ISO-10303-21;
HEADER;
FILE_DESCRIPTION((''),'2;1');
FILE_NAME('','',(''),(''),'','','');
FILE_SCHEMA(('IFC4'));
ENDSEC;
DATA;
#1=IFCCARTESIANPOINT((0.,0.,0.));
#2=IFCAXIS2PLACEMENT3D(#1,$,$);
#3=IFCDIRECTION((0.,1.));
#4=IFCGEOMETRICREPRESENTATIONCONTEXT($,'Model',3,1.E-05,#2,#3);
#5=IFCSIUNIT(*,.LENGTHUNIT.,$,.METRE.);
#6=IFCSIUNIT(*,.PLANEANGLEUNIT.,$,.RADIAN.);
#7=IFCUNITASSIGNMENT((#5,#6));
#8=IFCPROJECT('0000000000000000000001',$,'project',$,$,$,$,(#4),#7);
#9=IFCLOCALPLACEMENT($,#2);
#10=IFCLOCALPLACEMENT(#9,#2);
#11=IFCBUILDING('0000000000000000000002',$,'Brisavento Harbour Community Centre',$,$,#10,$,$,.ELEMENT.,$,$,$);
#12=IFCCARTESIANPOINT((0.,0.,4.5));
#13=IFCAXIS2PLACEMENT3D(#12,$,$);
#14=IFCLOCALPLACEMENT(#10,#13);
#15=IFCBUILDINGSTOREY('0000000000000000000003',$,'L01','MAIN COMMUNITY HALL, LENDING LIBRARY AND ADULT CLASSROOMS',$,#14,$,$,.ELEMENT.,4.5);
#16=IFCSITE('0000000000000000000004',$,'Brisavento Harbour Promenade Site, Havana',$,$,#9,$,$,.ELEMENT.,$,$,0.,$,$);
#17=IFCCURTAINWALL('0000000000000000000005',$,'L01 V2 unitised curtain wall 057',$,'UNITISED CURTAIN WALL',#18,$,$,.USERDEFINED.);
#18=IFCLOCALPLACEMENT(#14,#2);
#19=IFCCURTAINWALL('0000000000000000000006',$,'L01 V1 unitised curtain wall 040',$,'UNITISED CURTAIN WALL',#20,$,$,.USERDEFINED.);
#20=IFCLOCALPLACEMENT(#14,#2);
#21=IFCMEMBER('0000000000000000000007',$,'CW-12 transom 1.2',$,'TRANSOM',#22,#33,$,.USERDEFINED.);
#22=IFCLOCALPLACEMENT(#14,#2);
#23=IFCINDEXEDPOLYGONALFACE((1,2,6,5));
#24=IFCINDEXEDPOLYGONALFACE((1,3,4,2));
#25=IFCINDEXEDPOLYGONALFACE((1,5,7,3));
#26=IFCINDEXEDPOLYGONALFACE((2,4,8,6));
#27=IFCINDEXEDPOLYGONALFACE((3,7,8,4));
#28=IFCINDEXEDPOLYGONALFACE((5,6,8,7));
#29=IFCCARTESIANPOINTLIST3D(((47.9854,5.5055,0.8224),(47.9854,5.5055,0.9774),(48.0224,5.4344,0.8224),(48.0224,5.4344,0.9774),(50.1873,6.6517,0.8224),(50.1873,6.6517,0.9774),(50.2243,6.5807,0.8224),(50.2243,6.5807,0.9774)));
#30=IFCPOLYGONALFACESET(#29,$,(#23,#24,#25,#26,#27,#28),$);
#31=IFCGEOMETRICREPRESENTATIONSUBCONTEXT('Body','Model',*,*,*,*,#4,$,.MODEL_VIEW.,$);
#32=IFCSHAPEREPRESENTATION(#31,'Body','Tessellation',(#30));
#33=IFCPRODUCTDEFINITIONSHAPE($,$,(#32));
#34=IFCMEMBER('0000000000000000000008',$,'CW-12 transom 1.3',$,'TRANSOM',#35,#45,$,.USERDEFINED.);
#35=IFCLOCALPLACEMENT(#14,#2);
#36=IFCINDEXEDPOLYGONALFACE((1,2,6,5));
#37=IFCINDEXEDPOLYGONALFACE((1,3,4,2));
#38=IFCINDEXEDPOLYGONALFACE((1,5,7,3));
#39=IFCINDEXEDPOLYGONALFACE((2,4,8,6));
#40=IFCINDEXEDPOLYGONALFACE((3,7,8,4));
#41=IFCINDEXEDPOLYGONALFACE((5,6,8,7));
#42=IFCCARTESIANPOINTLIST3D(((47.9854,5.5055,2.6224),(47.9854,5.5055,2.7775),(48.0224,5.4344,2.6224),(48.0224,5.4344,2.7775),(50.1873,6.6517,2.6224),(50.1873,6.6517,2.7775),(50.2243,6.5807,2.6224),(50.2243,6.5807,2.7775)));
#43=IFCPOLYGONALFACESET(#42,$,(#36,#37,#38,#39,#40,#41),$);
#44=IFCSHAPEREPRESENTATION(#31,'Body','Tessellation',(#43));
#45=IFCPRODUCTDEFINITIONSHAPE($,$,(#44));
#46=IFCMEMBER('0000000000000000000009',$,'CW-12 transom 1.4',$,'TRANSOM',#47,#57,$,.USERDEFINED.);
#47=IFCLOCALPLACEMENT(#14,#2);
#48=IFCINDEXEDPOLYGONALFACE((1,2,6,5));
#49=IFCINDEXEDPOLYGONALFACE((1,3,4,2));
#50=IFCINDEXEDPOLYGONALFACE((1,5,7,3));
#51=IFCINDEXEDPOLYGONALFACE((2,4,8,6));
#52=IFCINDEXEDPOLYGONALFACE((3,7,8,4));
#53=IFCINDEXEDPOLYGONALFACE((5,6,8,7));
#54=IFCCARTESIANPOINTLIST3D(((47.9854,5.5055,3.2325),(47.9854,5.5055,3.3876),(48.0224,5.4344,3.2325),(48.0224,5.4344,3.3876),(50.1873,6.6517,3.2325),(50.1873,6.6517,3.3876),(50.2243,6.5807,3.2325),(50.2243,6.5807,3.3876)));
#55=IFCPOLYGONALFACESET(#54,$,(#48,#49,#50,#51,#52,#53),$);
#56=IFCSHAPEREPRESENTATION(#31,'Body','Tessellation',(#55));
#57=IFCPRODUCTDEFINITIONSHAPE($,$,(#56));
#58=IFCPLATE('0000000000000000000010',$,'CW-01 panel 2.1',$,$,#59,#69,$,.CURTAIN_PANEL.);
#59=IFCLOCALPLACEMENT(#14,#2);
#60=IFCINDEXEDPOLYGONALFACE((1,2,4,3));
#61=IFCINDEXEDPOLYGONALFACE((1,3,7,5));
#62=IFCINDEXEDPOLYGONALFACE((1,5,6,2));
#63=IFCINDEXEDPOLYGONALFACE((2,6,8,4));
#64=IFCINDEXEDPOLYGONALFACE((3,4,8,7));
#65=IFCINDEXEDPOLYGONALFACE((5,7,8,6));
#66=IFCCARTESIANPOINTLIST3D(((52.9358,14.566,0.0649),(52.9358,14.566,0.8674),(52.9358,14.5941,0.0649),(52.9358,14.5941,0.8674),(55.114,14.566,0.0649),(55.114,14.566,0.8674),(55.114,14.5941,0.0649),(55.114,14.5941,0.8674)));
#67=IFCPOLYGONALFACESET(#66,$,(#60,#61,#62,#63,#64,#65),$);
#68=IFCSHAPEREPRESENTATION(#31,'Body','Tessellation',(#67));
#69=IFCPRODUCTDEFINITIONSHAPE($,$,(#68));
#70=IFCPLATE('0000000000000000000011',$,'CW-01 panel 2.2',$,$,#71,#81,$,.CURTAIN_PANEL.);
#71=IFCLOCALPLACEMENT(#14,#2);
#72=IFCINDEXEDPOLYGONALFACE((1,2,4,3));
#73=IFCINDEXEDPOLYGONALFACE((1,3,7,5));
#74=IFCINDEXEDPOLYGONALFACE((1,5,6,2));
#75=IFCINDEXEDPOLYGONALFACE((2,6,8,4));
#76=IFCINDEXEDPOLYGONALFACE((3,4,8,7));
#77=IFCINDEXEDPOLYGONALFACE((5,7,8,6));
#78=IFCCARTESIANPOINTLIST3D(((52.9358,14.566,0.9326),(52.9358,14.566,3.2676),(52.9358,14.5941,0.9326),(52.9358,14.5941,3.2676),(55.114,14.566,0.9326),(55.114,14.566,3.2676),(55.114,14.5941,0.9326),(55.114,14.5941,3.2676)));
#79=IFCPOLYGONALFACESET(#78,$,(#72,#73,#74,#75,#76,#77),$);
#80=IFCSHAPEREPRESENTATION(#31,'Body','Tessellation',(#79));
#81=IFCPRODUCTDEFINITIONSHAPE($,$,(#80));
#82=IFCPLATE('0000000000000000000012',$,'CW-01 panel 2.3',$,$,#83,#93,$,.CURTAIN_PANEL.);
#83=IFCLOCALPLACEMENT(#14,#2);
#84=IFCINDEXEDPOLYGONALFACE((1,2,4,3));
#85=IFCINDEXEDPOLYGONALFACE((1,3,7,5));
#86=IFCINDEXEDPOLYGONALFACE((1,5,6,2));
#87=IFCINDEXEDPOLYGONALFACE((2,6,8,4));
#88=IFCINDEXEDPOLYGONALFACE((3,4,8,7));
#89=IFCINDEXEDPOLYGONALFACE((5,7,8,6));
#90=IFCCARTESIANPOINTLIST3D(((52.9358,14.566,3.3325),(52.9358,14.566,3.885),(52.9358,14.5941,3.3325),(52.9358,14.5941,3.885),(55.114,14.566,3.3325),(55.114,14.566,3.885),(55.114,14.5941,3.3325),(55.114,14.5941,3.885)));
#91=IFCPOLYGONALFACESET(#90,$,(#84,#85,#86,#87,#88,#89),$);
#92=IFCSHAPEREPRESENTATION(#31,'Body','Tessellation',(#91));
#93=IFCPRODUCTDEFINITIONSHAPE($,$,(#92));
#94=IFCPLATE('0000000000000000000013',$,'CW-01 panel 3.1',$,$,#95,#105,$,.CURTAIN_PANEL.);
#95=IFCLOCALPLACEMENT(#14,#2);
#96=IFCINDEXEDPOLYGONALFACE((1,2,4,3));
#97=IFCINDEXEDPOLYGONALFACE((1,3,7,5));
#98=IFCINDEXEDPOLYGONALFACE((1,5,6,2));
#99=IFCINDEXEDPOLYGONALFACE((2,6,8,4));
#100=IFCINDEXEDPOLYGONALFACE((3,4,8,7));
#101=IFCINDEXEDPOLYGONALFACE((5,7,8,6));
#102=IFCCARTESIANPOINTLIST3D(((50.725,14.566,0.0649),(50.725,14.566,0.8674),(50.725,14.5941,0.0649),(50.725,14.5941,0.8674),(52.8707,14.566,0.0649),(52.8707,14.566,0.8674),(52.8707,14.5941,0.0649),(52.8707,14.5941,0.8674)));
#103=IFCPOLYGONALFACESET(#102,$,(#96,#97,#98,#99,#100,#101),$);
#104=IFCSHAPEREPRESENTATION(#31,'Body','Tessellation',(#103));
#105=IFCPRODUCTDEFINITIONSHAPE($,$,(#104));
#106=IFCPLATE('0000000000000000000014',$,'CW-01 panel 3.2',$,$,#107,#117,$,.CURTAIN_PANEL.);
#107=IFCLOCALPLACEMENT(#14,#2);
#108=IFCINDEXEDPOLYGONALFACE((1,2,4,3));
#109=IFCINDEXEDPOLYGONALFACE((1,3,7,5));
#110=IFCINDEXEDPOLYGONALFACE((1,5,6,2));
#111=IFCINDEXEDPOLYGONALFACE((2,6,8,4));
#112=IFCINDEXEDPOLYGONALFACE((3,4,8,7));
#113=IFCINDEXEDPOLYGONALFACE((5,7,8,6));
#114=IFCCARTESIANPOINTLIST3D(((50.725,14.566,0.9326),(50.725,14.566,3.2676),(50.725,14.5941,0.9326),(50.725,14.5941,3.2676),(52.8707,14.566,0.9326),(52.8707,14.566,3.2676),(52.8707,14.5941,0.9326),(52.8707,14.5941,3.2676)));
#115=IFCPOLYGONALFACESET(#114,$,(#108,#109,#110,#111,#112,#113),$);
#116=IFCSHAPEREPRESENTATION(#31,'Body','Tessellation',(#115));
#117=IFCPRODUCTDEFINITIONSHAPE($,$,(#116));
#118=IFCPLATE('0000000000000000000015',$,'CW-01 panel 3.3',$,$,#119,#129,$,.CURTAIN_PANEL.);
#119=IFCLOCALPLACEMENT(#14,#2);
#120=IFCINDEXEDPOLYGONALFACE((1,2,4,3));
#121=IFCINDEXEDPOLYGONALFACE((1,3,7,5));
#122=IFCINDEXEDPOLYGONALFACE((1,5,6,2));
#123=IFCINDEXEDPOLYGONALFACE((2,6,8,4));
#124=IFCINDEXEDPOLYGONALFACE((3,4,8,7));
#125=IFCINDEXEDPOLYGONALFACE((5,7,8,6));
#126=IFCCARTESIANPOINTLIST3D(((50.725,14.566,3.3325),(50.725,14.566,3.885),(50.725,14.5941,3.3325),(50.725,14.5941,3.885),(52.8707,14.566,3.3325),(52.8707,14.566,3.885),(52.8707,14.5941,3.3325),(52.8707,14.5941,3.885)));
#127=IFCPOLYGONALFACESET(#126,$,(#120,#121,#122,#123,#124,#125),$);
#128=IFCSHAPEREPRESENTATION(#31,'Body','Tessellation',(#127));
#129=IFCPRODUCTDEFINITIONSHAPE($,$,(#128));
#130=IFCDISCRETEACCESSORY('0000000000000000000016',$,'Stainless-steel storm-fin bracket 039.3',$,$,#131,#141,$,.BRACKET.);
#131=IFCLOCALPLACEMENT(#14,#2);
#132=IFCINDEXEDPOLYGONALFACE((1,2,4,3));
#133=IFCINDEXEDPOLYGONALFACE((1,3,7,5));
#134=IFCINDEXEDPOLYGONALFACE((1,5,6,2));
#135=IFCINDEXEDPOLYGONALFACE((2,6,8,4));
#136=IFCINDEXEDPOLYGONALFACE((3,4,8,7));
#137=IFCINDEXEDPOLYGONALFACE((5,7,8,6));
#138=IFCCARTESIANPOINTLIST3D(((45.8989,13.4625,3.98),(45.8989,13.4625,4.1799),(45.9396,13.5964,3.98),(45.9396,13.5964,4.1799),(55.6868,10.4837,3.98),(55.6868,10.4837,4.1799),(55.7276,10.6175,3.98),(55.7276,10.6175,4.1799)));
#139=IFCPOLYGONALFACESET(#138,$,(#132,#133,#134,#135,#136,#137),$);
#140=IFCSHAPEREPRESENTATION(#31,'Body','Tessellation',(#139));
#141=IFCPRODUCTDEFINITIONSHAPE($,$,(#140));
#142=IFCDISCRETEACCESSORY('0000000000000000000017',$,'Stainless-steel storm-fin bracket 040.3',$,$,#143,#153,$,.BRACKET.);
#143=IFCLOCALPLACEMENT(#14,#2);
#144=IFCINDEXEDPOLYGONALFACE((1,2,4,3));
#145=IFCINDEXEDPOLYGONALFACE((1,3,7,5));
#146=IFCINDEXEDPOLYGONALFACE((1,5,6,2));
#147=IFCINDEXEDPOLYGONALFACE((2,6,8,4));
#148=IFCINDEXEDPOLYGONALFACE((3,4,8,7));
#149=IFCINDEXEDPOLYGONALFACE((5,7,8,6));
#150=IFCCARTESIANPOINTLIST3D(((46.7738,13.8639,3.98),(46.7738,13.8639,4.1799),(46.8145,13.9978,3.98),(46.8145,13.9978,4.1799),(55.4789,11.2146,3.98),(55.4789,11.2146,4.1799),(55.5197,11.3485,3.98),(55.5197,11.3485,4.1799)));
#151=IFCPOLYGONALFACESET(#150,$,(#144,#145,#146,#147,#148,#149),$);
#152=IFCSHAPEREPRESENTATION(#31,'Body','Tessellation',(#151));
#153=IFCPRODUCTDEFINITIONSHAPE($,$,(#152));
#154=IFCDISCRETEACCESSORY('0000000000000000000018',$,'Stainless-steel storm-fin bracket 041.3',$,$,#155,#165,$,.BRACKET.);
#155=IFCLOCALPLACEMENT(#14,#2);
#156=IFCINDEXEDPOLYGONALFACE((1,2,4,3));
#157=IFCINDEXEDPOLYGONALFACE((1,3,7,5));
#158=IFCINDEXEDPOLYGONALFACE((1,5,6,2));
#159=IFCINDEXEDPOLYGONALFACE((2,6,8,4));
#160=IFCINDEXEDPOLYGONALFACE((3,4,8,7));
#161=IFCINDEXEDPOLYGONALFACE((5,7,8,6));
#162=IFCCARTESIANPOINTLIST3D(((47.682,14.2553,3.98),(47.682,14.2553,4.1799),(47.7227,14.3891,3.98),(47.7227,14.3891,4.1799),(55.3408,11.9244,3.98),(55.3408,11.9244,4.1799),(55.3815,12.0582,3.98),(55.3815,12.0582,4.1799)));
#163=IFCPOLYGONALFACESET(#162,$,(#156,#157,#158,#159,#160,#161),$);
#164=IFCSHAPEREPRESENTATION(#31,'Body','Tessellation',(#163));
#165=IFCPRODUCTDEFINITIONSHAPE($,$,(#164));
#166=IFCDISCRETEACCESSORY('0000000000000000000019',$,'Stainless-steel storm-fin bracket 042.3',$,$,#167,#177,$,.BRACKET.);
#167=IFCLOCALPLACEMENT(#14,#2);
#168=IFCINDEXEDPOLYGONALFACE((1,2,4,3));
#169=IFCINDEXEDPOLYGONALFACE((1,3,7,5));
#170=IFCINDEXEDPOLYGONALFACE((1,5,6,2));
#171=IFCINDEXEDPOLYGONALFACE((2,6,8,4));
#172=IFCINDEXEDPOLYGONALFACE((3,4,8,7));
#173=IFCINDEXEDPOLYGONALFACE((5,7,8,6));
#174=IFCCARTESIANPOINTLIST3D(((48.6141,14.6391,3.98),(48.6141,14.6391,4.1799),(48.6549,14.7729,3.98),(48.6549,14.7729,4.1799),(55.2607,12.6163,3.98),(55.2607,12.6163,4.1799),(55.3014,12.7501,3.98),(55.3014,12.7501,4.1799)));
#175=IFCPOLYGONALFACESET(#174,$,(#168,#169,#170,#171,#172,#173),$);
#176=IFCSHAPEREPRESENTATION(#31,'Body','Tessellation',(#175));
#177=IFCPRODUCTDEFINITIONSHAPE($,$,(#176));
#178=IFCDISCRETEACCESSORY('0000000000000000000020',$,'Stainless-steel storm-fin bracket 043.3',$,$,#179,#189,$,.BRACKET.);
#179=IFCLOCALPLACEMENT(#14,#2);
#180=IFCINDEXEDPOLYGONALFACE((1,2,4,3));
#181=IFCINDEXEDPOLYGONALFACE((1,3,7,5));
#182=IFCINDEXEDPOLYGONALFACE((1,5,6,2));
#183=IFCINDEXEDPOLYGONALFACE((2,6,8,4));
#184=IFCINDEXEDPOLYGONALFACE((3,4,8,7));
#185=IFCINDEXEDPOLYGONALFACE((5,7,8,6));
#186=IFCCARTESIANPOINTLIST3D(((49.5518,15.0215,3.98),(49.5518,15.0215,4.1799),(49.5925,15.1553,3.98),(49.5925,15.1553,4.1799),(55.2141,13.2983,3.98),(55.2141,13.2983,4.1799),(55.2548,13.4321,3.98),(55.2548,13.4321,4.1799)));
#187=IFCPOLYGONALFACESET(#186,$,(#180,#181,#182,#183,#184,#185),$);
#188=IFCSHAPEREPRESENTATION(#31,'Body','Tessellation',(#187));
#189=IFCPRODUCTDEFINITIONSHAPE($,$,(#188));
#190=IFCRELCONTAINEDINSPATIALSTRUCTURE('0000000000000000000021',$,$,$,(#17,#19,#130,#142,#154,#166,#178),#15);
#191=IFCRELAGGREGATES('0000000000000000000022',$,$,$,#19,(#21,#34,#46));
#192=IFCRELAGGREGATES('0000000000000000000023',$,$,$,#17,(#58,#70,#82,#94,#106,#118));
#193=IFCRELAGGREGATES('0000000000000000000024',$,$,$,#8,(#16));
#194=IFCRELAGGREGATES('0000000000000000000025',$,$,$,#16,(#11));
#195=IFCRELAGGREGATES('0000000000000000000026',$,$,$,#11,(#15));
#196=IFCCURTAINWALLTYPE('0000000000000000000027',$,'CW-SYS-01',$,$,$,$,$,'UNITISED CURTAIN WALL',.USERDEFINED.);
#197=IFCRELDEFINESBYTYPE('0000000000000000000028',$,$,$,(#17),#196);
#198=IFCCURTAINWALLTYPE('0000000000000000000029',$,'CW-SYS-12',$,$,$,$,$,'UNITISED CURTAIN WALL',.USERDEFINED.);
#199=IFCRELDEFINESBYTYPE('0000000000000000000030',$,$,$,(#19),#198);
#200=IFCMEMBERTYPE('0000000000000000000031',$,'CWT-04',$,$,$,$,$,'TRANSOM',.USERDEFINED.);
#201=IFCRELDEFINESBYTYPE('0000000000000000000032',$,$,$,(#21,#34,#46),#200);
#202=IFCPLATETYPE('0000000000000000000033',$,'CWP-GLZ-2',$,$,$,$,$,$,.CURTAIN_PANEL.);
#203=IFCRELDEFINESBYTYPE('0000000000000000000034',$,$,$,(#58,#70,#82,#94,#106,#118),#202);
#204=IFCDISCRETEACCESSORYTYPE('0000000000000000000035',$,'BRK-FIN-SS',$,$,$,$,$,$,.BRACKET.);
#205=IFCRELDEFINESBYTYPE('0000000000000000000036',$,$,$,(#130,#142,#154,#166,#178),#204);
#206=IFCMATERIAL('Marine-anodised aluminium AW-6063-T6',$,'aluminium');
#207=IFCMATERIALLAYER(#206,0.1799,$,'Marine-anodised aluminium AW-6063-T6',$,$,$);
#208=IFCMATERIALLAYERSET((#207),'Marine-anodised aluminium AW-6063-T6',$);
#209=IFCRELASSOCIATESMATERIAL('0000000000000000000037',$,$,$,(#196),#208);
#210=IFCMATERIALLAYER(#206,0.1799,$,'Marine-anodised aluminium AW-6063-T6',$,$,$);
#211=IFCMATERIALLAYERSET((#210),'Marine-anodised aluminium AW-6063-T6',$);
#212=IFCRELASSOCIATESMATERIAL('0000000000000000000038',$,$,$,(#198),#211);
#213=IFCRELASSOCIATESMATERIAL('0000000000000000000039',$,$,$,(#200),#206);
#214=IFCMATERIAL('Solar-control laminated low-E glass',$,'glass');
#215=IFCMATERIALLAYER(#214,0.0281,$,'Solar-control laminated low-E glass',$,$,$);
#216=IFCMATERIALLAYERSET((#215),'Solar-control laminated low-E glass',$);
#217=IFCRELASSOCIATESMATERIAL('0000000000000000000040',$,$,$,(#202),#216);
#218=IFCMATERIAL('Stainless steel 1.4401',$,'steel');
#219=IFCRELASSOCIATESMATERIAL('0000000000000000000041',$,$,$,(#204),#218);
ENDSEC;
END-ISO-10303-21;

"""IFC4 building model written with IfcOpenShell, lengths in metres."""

from ifc_helpers import new_model, si_unit, direction, frame, origin, origin_2d, place, context, subcontext, project, spatial, rectangle, extrude, material, layer, layer_set, material_profile, profile_set, type_object, element, aggregate, save


model = new_model("IFC4")

# Units and contexts
model_context = context("Model", 3, precision=1e-05, world=origin(), true_north=direction((0.0, 1.0)))
body_context = subcontext(model_context, "Body", "Model", "MODEL_VIEW")
ifc_project = project(units=[si_unit("LENGTHUNIT", "METRE"), si_unit("PLANEANGLEUNIT", "RADIAN")], contexts=[model_context])

# Site, building, storey
site_placement = place(None, origin())
site = spatial("IfcSite", under=ifc_project, at=site_placement, Name="Brisavento Harbour Promenade Site, Havana", CompositionType="ELEMENT", RefElevation=0.0)
building_placement = place(site_placement, origin())
building = spatial("IfcBuilding", under=site, at=building_placement, Name="Brisavento Harbour Community Centre", CompositionType="ELEMENT")
storey_placement = place(building_placement, frame((0.0, 0.0, 4.5)))
storey = spatial("IfcBuildingStorey", under=building, at=storey_placement, Name="L01", Description="MAIN COMMUNITY HALL, LENDING LIBRARY AND ADULT CLASSROOMS", CompositionType="ELEMENT", Elevation=4.5)

# Curtain wall
ifc_material_1 = material(Name="Marine-anodised aluminium AW-6063-T6", Category="aluminium")
ifc_layer_1 = layer(ifc_material_1, 0.1799, Name="Marine-anodised aluminium AW-6063-T6")
ifc_layer_set_1 = layer_set([ifc_layer_1], Name="Marine-anodised aluminium AW-6063-T6")
curtain_wall_type_1 = type_object("IfcCurtainWallType", Name="CW-SYS-01", ElementType="UNITISED CURTAIN WALL", PredefinedType="USERDEFINED", material=ifc_layer_set_1)
curtain_wall_1_placement = place(storey_placement, origin())
curtain_wall_1 = element("IfcCurtainWall", 1, at=curtain_wall_1_placement, inside=storey, type_object=curtain_wall_type_1, Name="L01 V2 unitised curtain wall 057", ObjectType="UNITISED CURTAIN WALL", PredefinedType="USERDEFINED")

# Curtain wall
ifc_layer_2 = layer(ifc_material_1, 0.1799, Name="Marine-anodised aluminium AW-6063-T6")
ifc_layer_set_2 = layer_set([ifc_layer_2], Name="Marine-anodised aluminium AW-6063-T6")
curtain_wall_type_2 = type_object("IfcCurtainWallType", Name="CW-SYS-12", ElementType="UNITISED CURTAIN WALL", PredefinedType="USERDEFINED", material=ifc_layer_set_2)
curtain_wall_2_placement = place(storey_placement, origin())
curtain_wall_2 = element("IfcCurtainWall", 2, at=curtain_wall_2_placement, inside=storey, type_object=curtain_wall_type_2, Name="L01 V1 unitised curtain wall 040", ObjectType="UNITISED CURTAIN WALL", PredefinedType="USERDEFINED")

# Members
ifc_material_profile_1 = material_profile(ifc_material_1, rectangle(XDim=0.0801, YDim=0.155, at=origin_2d()), Name="Marine-anodised aluminium AW-6063-T6")
ifc_profile_set_1 = profile_set([ifc_material_profile_1], Name="Marine-anodised aluminium AW-6063-T6")
member_type_1 = type_object("IfcMemberType", Name="CWT-04", ElementType="TRANSOM", PredefinedType="USERDEFINED", material=ifc_profile_set_1)
member_1_placement = place(storey_placement, frame((50.2058, 6.6162, 0.8999), z_axis=(-0.887011, -0.461749, 0.0), x_axis=(0.461749, -0.887011, 0.0)))
member_1 = element("IfcMember", 3, at=member_1_placement, type_object=member_type_1, Name="CW-12 transom 1.2", ObjectType="TRANSOM", PredefinedType="USERDEFINED", context=body_context, shape_type="SweptSolid", body=[
    extrude(rectangle(XDim=0.0801, YDim=0.155, at=origin_2d()), origin(), (0.0, 0.0, 1.0), 2.4824),
])
member_2_placement = place(storey_placement, frame((50.2058, 6.6162, 2.7), z_axis=(-0.887011, -0.461749, 0.0), x_axis=(0.461749, -0.887011, 0.0)))
member_2 = element("IfcMember", 4, at=member_2_placement, type_object=member_type_1, Name="CW-12 transom 1.3", ObjectType="TRANSOM", PredefinedType="USERDEFINED", context=body_context, shape_type="SweptSolid", body=[
    extrude(rectangle(XDim=0.0801, YDim=0.155, at=origin_2d()), origin(), (0.0, 0.0, 1.0), 2.4824),
])
member_3_placement = place(storey_placement, frame((50.2058, 6.6162, 3.3101), z_axis=(-0.887011, -0.461749, 0.0), x_axis=(0.461749, -0.887011, 0.0)))
member_3 = element("IfcMember", 5, at=member_3_placement, type_object=member_type_1, Name="CW-12 transom 1.4", ObjectType="TRANSOM", PredefinedType="USERDEFINED", context=body_context, shape_type="SweptSolid", body=[
    extrude(rectangle(XDim=0.0801, YDim=0.155, at=origin_2d()), origin(), (0.0, 0.0, 1.0), 2.4824),
])
aggregate(curtain_wall_2, [member_1, member_2, member_3])

# Plates
ifc_material_2 = material(Name="Solar-control laminated low-E glass", Category="glass")
ifc_layer_3 = layer(ifc_material_2, 0.0281, Name="Solar-control laminated low-E glass")
ifc_layer_set_3 = layer_set([ifc_layer_3], Name="Solar-control laminated low-E glass")
plate_type = type_object("IfcPlateType", Name="CWP-GLZ-2", PredefinedType="CURTAIN_PANEL", material=ifc_layer_set_3)
plate_1_placement = place(storey_placement, frame((54.0249, 14.5801, 0.0649), z_axis=(0.0, 0.0, 1.0), x_axis=(-1.0, 0.0, 0.0)))
plate_1 = element("IfcPlate", 6, at=plate_1_placement, type_object=plate_type, Name="CW-01 panel 2.1", PredefinedType="CURTAIN_PANEL", context=body_context, shape_type="SweptSolid", body=[
    extrude(rectangle(XDim=2.1782, YDim=0.0281, at=origin_2d()), origin(), (0.0, 0.0, 1.0), 0.8025),
])
plate_2_placement = place(storey_placement, frame((54.0249, 14.5801, 0.9326), z_axis=(0.0, 0.0, 1.0), x_axis=(-1.0, 0.0, 0.0)))
plate_2 = element("IfcPlate", 7, at=plate_2_placement, type_object=plate_type, Name="CW-01 panel 2.2", PredefinedType="CURTAIN_PANEL", context=body_context, shape_type="SweptSolid", body=[
    extrude(rectangle(XDim=2.1782, YDim=0.0281, at=origin_2d()), origin(), (0.0, 0.0, 1.0), 2.335),
])
plate_3_placement = place(storey_placement, frame((54.0249, 14.5801, 3.3325), z_axis=(0.0, 0.0, 1.0), x_axis=(-1.0, 0.0, 0.0)))
plate_3 = element("IfcPlate", 8, at=plate_3_placement, type_object=plate_type, Name="CW-01 panel 2.3", PredefinedType="CURTAIN_PANEL", context=body_context, shape_type="SweptSolid", body=[
    extrude(rectangle(XDim=2.1782, YDim=0.0281, at=origin_2d()), origin(), (0.0, 0.0, 1.0), 0.5525),
])
plate_4_placement = place(storey_placement, frame((51.7979, 14.5801, 0.0649), z_axis=(0.0, 0.0, 1.0), x_axis=(-1.0, 0.0, 0.0)))
plate_4 = element("IfcPlate", 9, at=plate_4_placement, type_object=plate_type, Name="CW-01 panel 3.1", PredefinedType="CURTAIN_PANEL", context=body_context, shape_type="SweptSolid", body=[
    extrude(rectangle(XDim=2.1458, YDim=0.0281, at=origin_2d()), origin(), (0.0, 0.0, 1.0), 0.8025),
])
plate_5_placement = place(storey_placement, frame((51.7979, 14.5801, 0.9326), z_axis=(0.0, 0.0, 1.0), x_axis=(-1.0, 0.0, 0.0)))
plate_5 = element("IfcPlate", 10, at=plate_5_placement, type_object=plate_type, Name="CW-01 panel 3.2", PredefinedType="CURTAIN_PANEL", context=body_context, shape_type="SweptSolid", body=[
    extrude(rectangle(XDim=2.1458, YDim=0.0281, at=origin_2d()), origin(), (0.0, 0.0, 1.0), 2.335),
])
plate_6_placement = place(storey_placement, frame((51.7979, 14.5801, 3.3325), z_axis=(0.0, 0.0, 1.0), x_axis=(-1.0, 0.0, 0.0)))
plate_6 = element("IfcPlate", 11, at=plate_6_placement, type_object=plate_type, Name="CW-01 panel 3.3", PredefinedType="CURTAIN_PANEL", context=body_context, shape_type="SweptSolid", body=[
    extrude(rectangle(XDim=2.1458, YDim=0.0281, at=origin_2d()), origin(), (0.0, 0.0, 1.0), 0.5525),
])
aggregate(curtain_wall_1, [plate_1, plate_2, plate_3, plate_4, plate_5, plate_6])

# Discrete accessories
ifc_material_3 = material(Name="Stainless steel 1.4401", Category="steel")
discrete_accessory_type = type_object("IfcDiscreteAccessoryType", Name="BRK-FIN-SS", PredefinedType="BRACKET", material=ifc_material_3)
discrete_accessory_1_placement = place(storey_placement, frame((50.8132, 12.04, 3.98), z_axis=(0.0, 0.0, 1.0), x_axis=(0.956676, -0.291153, 0.0)))
element("IfcDiscreteAccessory", 12, at=discrete_accessory_1_placement, inside=storey, type_object=discrete_accessory_type, Name="Stainless-steel storm-fin bracket 039.3", PredefinedType="BRACKET", context=body_context, shape_type="SweptSolid", body=[
    extrude(rectangle(XDim=10.2312, YDim=0.1399, at=origin_2d()), origin(), (0.0, 0.0, 1.0), 0.2),
])
discrete_accessory_2_placement = place(storey_placement, frame((51.1467, 12.6062, 3.98), z_axis=(0.0, 0.0, 1.0), x_axis=(0.956676, -0.291153, 0.0)))
element("IfcDiscreteAccessory", 13, at=discrete_accessory_2_placement, inside=storey, type_object=discrete_accessory_type, Name="Stainless-steel storm-fin bracket 040.3", PredefinedType="BRACKET", context=body_context, shape_type="SweptSolid", body=[
    extrude(rectangle(XDim=9.0994, YDim=0.1399, at=origin_2d()), origin(), (0.0, 0.0, 1.0), 0.2),
])
discrete_accessory_3_placement = place(storey_placement, frame((51.5317, 13.1567, 3.98), z_axis=(0.0, 0.0, 1.0), x_axis=(0.956676, -0.291153, 0.0)))
element("IfcDiscreteAccessory", 14, at=discrete_accessory_3_placement, inside=storey, type_object=discrete_accessory_type, Name="Stainless-steel storm-fin bracket 041.3", PredefinedType="BRACKET", context=body_context, shape_type="SweptSolid", body=[
    extrude(rectangle(XDim=8.0056, YDim=0.1399, at=origin_2d()), origin(), (0.0, 0.0, 1.0), 0.2),
])
discrete_accessory_4_placement = place(storey_placement, frame((51.9578, 13.6946, 3.98), z_axis=(0.0, 0.0, 1.0), x_axis=(0.956676, -0.291153, 0.0)))
element("IfcDiscreteAccessory", 15, at=discrete_accessory_4_placement, inside=storey, type_object=discrete_accessory_type, Name="Stainless-steel storm-fin bracket 042.3", PredefinedType="BRACKET", context=body_context, shape_type="SweptSolid", body=[
    extrude(rectangle(XDim=6.9475, YDim=0.1399, at=origin_2d()), origin(), (0.0, 0.0, 1.0), 0.2),
])
discrete_accessory_5_placement = place(storey_placement, frame((52.4033, 14.2268, 3.98), z_axis=(0.0, 0.0, 1.0), x_axis=(0.956676, -0.291153, 0.0)))
element("IfcDiscreteAccessory", 16, at=discrete_accessory_5_placement, inside=storey, type_object=discrete_accessory_type, Name="Stainless-steel storm-fin bracket 043.3", PredefinedType="BRACKET", context=body_context, shape_type="SweptSolid", body=[
    extrude(rectangle(XDim=5.9187, YDim=0.1399, at=origin_2d()), origin(), (0.0, 0.0, 1.0), 0.2),
])

save(model, "model.ifc")
